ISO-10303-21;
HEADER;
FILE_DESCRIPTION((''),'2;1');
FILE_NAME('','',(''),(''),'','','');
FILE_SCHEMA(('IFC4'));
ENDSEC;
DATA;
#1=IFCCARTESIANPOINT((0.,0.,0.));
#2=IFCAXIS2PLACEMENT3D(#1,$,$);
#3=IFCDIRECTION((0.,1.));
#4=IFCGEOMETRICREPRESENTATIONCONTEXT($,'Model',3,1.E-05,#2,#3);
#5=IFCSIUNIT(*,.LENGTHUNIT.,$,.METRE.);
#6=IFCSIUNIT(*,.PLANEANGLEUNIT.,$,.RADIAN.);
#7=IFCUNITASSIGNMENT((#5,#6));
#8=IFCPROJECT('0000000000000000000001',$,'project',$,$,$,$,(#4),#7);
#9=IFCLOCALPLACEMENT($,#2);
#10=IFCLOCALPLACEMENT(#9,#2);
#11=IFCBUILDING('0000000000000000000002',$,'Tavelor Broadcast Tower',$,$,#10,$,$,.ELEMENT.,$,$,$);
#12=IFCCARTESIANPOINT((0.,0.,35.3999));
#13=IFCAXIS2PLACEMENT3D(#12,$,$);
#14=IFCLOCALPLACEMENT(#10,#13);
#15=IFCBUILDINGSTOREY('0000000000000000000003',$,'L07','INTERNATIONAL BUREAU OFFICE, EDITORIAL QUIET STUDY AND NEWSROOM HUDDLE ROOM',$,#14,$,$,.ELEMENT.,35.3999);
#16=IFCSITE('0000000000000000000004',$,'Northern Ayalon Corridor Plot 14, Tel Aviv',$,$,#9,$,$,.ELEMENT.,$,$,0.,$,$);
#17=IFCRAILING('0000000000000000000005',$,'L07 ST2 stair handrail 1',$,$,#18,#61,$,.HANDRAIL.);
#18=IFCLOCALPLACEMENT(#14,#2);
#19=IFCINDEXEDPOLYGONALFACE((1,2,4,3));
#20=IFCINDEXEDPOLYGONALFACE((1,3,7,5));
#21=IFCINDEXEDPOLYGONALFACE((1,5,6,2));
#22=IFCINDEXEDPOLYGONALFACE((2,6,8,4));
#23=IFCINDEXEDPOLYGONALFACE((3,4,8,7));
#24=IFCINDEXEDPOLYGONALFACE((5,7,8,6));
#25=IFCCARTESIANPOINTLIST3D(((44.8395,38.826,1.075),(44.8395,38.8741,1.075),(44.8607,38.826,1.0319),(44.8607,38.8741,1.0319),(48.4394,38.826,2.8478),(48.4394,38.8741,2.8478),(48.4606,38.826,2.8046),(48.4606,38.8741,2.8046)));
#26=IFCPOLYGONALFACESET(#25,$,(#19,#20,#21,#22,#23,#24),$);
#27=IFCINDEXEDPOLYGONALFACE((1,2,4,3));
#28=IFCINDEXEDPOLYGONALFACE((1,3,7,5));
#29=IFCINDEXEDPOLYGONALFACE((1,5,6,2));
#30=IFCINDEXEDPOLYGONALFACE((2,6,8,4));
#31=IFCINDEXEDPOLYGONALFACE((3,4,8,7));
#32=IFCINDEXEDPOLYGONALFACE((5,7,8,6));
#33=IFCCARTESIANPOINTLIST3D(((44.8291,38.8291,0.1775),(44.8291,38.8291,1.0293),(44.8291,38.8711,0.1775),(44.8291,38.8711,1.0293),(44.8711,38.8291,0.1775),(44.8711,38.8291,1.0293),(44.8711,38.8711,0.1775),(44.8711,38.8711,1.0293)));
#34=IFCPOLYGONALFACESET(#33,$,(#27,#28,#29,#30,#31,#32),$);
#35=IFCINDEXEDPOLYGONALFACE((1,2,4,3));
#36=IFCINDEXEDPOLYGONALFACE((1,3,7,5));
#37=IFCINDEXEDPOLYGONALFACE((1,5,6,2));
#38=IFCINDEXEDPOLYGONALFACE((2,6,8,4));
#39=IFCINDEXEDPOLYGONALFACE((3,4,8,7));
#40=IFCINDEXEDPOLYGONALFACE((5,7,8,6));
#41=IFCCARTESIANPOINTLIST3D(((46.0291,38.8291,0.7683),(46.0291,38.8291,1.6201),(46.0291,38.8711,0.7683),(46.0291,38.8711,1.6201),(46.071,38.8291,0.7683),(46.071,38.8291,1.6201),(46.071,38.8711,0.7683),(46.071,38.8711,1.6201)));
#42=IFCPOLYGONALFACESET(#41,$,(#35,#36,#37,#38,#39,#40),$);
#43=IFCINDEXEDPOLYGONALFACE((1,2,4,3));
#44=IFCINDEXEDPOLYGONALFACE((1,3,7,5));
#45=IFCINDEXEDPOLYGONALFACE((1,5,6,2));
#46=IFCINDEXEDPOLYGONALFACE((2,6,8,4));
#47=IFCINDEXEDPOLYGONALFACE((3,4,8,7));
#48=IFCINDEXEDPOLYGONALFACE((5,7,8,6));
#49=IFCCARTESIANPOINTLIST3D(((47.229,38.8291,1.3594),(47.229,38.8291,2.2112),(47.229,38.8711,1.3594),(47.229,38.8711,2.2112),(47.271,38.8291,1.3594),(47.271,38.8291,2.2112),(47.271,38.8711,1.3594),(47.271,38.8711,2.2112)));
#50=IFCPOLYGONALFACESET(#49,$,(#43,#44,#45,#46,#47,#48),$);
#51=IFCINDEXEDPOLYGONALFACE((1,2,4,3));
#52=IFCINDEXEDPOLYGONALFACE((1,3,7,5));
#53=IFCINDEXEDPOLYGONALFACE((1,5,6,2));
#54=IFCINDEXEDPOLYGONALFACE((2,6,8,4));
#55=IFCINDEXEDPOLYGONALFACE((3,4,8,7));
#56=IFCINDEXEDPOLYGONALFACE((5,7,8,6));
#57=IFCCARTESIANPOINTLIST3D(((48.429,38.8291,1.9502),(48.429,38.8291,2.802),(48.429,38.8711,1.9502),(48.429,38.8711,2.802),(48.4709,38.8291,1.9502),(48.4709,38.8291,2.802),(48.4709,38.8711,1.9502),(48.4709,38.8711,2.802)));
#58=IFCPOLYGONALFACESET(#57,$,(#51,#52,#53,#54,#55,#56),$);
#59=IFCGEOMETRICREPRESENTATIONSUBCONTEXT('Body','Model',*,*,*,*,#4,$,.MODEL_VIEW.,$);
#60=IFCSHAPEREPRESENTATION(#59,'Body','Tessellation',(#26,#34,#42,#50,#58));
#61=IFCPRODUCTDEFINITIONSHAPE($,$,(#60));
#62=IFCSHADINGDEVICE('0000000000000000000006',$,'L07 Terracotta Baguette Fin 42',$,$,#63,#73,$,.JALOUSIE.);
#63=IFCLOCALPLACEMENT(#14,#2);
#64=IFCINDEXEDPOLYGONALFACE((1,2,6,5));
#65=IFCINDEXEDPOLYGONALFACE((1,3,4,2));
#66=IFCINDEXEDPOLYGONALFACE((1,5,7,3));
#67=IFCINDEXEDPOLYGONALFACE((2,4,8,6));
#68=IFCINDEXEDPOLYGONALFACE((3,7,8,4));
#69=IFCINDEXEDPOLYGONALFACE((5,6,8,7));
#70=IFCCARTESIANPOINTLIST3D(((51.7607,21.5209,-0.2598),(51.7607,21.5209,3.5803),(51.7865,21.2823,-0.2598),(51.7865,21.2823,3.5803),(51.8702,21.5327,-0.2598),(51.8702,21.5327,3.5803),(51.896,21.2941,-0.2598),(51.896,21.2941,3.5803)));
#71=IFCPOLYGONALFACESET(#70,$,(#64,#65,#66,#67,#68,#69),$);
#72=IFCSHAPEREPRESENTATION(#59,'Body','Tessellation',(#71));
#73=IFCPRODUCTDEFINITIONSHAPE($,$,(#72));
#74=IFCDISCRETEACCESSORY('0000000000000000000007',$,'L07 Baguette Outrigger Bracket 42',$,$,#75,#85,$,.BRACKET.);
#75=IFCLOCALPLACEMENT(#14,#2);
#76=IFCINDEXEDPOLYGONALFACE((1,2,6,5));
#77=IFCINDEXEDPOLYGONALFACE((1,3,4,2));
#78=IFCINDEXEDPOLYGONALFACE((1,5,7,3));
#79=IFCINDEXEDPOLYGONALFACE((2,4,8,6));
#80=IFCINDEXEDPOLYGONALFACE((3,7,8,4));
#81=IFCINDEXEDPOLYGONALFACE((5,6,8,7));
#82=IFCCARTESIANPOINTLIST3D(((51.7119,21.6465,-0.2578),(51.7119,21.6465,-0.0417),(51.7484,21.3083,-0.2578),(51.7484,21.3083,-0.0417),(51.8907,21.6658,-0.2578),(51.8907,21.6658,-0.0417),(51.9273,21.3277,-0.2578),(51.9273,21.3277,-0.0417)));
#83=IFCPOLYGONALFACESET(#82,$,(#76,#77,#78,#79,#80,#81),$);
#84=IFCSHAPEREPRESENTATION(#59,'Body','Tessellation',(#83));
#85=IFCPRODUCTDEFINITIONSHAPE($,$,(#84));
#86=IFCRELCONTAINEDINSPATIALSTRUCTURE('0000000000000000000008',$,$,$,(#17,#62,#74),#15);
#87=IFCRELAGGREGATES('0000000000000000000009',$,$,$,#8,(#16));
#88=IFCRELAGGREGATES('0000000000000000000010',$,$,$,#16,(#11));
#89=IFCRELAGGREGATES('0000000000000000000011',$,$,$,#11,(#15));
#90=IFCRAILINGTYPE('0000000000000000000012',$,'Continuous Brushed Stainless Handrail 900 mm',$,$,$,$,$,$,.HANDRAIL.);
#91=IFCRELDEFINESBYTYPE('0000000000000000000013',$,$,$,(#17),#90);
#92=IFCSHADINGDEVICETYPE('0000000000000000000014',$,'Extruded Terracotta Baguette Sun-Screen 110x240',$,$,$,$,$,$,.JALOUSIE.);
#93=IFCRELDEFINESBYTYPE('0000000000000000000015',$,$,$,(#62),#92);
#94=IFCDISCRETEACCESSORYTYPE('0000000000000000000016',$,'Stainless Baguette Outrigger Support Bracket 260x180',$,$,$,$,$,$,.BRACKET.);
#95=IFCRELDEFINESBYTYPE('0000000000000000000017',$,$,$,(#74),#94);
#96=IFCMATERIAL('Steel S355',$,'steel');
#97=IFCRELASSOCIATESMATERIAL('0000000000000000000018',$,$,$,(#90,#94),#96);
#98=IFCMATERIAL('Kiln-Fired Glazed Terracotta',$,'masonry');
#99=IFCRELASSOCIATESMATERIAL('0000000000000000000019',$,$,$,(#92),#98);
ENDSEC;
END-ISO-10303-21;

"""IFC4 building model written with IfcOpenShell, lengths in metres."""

from ifc_helpers import new_model, si_unit, direction, frame, origin, origin_2d, place, context, subcontext, project, spatial, rectangle, extrude, source, transform, mapped, material, type_object, type_shapes, element, save


model = new_model("IFC4")

# Units and contexts
model_context = context("Model", 3, precision=1e-05, world=origin(), true_north=direction((0.0, 1.0)))
body_context = subcontext(model_context, "Body", "Model", "MODEL_VIEW")
ifc_project = project(units=[si_unit("LENGTHUNIT", "METRE"), si_unit("PLANEANGLEUNIT", "RADIAN")], contexts=[model_context])

# Site, building, storey
site_placement = place(None, origin())
site = spatial("IfcSite", under=ifc_project, at=site_placement, Name="Northern Ayalon Corridor Plot 14, Tel Aviv", CompositionType="ELEMENT", RefElevation=0.0)
building_placement = place(site_placement, origin())
building = spatial("IfcBuilding", under=site, at=building_placement, Name="Tavelor Broadcast Tower", CompositionType="ELEMENT")
storey_placement = place(building_placement, frame((0.0, 0.0, 35.3999)))
storey = spatial("IfcBuildingStorey", under=building, at=storey_placement, Name="L07", Description="INTERNATIONAL BUREAU OFFICE, EDITORIAL QUIET STUDY AND NEWSROOM HUDDLE ROOM", CompositionType="ELEMENT", Elevation=35.3999)

# Shared definitions
ifc_material_1 = material(Name="Steel S355", Category="steel")

# Railing
railing_type = type_object("IfcRailingType", Name="Continuous Brushed Stainless Handrail 900 mm", PredefinedType="HANDRAIL", material=ifc_material_1)
railing_placement = place(storey_placement, frame((44.8501, 38.8501, 0.1775)))
element("IfcRailing", 1, at=railing_placement, inside=storey, type_object=railing_type, Name="L07 ST2 stair handrail 1", PredefinedType="HANDRAIL", context=body_context, shape_type="SweptSolid", body=[
    extrude(rectangle(XDim=0.0481, YDim=0.0481, at=origin_2d()), frame((0.0, 0.0, 0.876), z_axis=(0.897124, 0.0, 0.441778), x_axis=(0.0, 1.0, 0.0)), (0.0, 0.0, 1.0), 4.0127),
    extrude(rectangle(XDim=0.042, YDim=0.042, at=origin_2d()), origin(), (0.0, 0.0, 1.0), 0.8518),
    extrude(rectangle(XDim=0.042, YDim=0.042, at=origin_2d()), frame((1.2, 0.0, 0.5908)), (0.0, 0.0, 1.0), 0.8518),
    extrude(rectangle(XDim=0.042, YDim=0.042, at=origin_2d()), frame((2.3999, 0.0, 1.1819)), (0.0, 0.0, 1.0), 0.8518),
    extrude(rectangle(XDim=0.042, YDim=0.042, at=origin_2d()), frame((3.5999, 0.0, 1.7727)), (0.0, 0.0, 1.0), 0.8518),
])

# Shading device
ifc_material_2 = material(Name="Kiln-Fired Glazed Terracotta", Category="masonry")
shading_device_type = type_object("IfcShadingDeviceType", Name="Extruded Terracotta Baguette Sun-Screen 110x240", PredefinedType="JALOUSIE", material=ifc_material_2)
shared_shape_1 = source(origin(), body_context, "Body", "SweptSolid", [
    extrude(rectangle(XDim=0.1101, YDim=0.24, at=origin_2d()), origin(), (0.0, 0.0, 1.0), 3.8401),
])
type_shapes(shading_device_type, [shared_shape_1])
shading_device_placement = place(storey_placement, frame((51.8284, 21.4075, -0.2598), z_axis=(0.0, 0.0, 1.0), x_axis=(0.994207, 0.107479, 0.0)))
element("IfcShadingDevice", 2, at=shading_device_placement, inside=storey, type_object=shading_device_type, Name="L07 Terracotta Baguette Fin 42", PredefinedType="JALOUSIE", context=body_context, shape_type="MappedRepresentation", body=[
    mapped(shared_shape_1, transform((0.0, 0.0, 0.0), scale=1.0)),
])

# Discrete accessory
discrete_accessory_type = type_object("IfcDiscreteAccessoryType", Name="Stainless Baguette Outrigger Support Bracket 260x180", PredefinedType="BRACKET", material=ifc_material_1)
shared_shape_2 = source(origin(), body_context, "Body", "SweptSolid", [
    extrude(rectangle(XDim=0.1799, YDim=0.3401, at=origin_2d()), origin(), (0.0, 0.0, 1.0), 0.2161),
])
type_shapes(discrete_accessory_type, [shared_shape_2])
discrete_accessory_placement = place(storey_placement, frame((51.8196, 21.4871, -0.2578), z_axis=(0.0, 0.0, 1.0), x_axis=(0.994207, 0.107479, 0.0)))
element("IfcDiscreteAccessory", 3, at=discrete_accessory_placement, inside=storey, type_object=discrete_accessory_type, Name="L07 Baguette Outrigger Bracket 42", PredefinedType="BRACKET", context=body_context, shape_type="MappedRepresentation", body=[
    mapped(shared_shape_2, transform((0.0, 0.0, 0.0), scale=1.0)),
])

save(model, "model.ifc")
